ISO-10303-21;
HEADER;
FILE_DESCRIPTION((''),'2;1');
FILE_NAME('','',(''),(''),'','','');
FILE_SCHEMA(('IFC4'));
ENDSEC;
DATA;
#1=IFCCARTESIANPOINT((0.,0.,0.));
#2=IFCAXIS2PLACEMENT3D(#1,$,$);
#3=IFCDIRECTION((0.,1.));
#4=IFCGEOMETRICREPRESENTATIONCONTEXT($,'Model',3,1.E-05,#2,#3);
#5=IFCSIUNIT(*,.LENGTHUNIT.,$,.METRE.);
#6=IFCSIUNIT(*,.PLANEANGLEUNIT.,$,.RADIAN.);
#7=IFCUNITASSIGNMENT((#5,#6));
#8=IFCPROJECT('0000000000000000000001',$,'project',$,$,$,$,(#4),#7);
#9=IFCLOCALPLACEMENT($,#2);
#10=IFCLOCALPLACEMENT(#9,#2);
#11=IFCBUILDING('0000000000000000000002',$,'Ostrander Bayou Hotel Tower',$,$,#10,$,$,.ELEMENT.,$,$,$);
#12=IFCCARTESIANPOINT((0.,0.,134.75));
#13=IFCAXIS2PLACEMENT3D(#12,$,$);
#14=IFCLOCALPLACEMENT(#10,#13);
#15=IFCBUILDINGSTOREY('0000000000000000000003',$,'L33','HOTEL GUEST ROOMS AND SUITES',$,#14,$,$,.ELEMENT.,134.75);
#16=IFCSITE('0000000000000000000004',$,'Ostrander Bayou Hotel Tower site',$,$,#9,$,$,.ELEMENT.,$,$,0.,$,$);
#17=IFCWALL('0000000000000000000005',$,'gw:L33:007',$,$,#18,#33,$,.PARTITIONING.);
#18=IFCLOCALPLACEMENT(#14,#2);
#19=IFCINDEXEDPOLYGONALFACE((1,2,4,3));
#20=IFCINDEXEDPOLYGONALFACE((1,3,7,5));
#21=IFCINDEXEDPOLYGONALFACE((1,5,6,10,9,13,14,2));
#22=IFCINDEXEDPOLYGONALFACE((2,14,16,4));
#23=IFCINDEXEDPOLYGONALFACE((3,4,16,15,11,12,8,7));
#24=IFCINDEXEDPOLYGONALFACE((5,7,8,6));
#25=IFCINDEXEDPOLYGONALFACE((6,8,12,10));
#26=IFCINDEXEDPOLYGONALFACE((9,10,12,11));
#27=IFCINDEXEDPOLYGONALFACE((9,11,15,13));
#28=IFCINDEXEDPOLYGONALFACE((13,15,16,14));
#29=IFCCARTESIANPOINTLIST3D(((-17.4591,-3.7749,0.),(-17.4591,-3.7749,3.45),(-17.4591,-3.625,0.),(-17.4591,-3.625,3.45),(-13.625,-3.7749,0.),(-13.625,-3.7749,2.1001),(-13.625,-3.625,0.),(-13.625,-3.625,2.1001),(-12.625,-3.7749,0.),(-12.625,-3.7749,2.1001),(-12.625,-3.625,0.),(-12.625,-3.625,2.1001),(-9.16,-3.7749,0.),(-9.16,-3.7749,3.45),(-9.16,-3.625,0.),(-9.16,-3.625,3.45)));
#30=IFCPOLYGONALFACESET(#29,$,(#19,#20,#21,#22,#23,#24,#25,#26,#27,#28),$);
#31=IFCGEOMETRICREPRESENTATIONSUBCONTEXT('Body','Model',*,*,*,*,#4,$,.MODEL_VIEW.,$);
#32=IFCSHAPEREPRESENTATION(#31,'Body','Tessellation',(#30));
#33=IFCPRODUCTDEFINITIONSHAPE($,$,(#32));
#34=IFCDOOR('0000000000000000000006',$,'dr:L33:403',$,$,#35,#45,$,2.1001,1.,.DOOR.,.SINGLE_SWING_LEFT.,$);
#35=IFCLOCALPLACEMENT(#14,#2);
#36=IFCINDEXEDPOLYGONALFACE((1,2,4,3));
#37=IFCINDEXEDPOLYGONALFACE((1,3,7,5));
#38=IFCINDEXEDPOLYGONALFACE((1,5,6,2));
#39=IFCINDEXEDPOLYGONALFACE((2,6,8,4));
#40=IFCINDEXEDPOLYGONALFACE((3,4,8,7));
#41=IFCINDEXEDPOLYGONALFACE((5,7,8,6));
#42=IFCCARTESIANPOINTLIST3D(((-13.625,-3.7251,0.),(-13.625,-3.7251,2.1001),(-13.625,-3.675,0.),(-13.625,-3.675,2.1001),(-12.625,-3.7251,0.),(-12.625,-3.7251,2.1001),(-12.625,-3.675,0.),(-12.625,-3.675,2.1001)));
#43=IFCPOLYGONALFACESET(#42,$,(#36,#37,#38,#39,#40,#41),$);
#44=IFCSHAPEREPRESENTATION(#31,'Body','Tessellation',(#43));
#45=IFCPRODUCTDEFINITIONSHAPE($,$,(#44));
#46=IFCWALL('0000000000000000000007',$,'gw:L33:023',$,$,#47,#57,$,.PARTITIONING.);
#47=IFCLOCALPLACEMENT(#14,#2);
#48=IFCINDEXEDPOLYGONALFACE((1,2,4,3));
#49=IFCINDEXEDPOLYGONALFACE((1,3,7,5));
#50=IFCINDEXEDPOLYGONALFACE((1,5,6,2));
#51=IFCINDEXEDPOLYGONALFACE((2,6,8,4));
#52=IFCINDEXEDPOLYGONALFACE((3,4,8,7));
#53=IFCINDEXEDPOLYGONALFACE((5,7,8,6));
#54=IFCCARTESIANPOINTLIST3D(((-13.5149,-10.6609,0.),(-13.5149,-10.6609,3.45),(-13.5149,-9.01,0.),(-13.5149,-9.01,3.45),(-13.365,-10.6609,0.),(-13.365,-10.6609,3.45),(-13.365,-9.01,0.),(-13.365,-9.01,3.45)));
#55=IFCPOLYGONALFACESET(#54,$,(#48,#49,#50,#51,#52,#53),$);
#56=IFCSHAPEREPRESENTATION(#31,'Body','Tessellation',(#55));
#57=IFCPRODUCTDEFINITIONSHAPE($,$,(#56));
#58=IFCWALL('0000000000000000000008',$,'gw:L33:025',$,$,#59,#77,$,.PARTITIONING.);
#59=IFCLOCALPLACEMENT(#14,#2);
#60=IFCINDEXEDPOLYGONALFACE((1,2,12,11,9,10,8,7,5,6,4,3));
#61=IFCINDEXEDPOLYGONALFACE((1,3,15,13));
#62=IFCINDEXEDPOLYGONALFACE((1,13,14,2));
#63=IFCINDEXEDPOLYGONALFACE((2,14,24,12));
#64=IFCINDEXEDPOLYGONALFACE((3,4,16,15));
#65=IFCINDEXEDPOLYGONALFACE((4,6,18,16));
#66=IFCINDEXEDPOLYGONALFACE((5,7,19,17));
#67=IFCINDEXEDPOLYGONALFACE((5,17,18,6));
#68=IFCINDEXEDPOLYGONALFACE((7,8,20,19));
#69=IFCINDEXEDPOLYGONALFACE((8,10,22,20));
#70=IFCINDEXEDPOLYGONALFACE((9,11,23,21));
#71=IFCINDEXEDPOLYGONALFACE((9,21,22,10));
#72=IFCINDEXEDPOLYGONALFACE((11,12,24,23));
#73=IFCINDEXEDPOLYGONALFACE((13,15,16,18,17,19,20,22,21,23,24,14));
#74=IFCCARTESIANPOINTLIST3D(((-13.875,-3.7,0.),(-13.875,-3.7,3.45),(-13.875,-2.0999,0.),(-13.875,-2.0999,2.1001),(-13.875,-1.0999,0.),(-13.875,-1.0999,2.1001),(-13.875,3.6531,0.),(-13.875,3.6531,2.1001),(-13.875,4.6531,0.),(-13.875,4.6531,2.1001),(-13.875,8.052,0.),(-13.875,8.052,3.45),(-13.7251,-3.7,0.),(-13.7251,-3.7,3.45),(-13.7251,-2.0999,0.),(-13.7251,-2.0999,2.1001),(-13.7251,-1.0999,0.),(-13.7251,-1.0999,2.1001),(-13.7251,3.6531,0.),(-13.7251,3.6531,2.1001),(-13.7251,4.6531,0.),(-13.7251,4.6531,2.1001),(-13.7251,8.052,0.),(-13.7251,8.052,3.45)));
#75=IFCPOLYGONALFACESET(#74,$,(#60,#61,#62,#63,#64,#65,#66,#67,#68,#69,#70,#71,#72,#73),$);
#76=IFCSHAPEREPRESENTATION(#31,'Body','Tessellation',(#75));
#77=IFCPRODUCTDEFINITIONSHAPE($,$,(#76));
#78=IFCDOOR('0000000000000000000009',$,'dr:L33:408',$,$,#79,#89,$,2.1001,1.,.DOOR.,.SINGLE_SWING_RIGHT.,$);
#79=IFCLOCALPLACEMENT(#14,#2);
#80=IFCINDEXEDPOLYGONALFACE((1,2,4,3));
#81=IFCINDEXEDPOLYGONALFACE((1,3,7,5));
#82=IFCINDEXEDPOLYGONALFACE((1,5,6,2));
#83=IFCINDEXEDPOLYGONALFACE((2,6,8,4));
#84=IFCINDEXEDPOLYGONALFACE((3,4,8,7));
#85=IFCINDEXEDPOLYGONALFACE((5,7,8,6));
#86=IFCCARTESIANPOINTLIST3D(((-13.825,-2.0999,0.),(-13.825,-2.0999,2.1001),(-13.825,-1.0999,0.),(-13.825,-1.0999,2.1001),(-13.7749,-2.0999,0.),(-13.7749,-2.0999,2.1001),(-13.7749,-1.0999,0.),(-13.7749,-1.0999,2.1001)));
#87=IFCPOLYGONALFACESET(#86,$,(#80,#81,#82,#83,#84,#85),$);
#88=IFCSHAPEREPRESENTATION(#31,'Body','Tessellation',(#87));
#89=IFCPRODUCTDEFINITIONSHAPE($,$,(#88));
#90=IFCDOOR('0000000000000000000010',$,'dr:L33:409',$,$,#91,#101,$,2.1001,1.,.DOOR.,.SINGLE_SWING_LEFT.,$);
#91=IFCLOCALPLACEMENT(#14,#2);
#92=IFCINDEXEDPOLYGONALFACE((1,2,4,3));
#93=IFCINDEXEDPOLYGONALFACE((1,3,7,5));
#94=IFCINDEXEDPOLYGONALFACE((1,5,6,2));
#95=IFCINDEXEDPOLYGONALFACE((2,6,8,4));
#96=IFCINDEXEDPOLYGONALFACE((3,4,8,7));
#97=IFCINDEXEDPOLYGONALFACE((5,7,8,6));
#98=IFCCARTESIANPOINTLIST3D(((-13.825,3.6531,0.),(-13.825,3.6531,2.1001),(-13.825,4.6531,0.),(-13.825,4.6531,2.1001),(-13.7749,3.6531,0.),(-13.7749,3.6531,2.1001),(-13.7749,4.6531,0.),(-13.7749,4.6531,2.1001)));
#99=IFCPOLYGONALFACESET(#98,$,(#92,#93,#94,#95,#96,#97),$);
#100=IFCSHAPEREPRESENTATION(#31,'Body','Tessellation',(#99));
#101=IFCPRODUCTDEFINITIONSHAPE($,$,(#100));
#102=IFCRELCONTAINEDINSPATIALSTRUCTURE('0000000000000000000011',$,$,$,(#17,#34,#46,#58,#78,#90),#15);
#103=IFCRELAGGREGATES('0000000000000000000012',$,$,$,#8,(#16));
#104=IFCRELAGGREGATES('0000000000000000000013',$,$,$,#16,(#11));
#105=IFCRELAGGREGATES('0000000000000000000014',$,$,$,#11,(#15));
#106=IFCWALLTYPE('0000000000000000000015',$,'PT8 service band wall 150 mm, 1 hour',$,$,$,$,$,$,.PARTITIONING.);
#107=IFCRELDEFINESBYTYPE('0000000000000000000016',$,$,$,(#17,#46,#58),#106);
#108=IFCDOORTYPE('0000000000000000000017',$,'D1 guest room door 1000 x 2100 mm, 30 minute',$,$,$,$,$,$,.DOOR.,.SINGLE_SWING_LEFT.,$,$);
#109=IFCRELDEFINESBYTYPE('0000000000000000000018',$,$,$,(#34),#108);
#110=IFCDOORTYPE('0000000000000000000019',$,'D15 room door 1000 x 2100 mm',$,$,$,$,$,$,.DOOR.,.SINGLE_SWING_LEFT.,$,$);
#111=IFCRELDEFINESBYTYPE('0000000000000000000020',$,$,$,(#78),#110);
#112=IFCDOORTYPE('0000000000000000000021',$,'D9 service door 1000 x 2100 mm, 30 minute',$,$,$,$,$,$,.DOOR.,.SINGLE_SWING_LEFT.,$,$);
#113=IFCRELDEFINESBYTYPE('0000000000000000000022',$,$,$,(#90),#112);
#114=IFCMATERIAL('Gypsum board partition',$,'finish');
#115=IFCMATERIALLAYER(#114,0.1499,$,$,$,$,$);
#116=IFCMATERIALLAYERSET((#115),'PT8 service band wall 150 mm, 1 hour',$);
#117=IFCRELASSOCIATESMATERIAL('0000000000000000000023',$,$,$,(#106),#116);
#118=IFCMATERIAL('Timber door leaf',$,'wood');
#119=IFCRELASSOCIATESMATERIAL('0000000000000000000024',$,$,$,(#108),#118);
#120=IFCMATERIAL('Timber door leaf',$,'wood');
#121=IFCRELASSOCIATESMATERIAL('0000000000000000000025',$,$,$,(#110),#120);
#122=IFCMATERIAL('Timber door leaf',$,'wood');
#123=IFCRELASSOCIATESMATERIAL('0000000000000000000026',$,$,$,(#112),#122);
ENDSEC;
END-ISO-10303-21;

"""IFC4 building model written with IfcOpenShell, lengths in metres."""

from ifc_helpers import new_model, si_unit, direction, frame, frame_2d, origin, place, context, subcontext, project, spatial, rectangle, extrude, material, layer, layer_set, type_object, element, fill, save


model = new_model("IFC4")

# Units and contexts
model_context = context("Model", 3, precision=1e-05, world=origin(), true_north=direction((0.0, 1.0)))
body_context = subcontext(model_context, "Body", "Model", "MODEL_VIEW")
ifc_project = project(units=[si_unit("LENGTHUNIT", "METRE"), si_unit("PLANEANGLEUNIT", "RADIAN")], contexts=[model_context])

# Site, building, storey
site_placement = place(None, origin())
site = spatial("IfcSite", under=ifc_project, at=site_placement, Name="Ostrander Bayou Hotel Tower site", CompositionType="ELEMENT", RefElevation=0.0)
building_placement = place(site_placement, origin())
building = spatial("IfcBuilding", under=site, at=building_placement, Name="Ostrander Bayou Hotel Tower", CompositionType="ELEMENT")
storey_placement = place(building_placement, frame((0.0, 0.0, 134.75)))
storey = spatial("IfcBuildingStorey", under=building, at=storey_placement, Name="L33", Description="HOTEL GUEST ROOMS AND SUITES", CompositionType="ELEMENT", Elevation=134.75)

# Shared definitions
ifc_material_1 = material(Name="Gypsum board partition", Category="finish")
ifc_layer_1 = layer(ifc_material_1, 0.1499)
ifc_layer_set_1 = layer_set([ifc_layer_1], Name="PT8 service band wall 150 mm, 1 hour")
wall_type_1 = type_object("IfcWallType", Name="PT8 service band wall 150 mm, 1 hour", PredefinedType="PARTITIONING", material=ifc_layer_set_1)

# Wall, opening, door
wall_1_placement = place(storey_placement, frame((-17.459, -3.7, 0.0), z_axis=(0.0, 0.0, 1.0), x_axis=(1.0, 0.0, 0.0)))
wall_1 = element("IfcWall", 1, at=wall_1_placement, inside=storey, type_object=wall_type_1, Name="gw:L33:007", PredefinedType="PARTITIONING", context=body_context, shape_type="SweptSolid", body=[
    extrude(rectangle(XDim=8.2991, YDim=0.1499, at=frame_2d((4.1494, 0.0))), origin(), (0.0, 0.0, 1.0), 3.45),
])
opening_1_placement = place(wall_1_placement, frame((3.834, 0.0, 0.0)))
opening_1 = element("IfcOpeningElement", 2, at=opening_1_placement, cuts=wall_1, PredefinedType="OPENING", context=body_context, shape_type="SweptSolid", body=[
    extrude(rectangle(XDim=1.0, YDim=2.1001, at=frame_2d((0.5, 1.05))), frame((0.0, 0.075, 0.0), z_axis=(0.0, -1.0, 0.0), x_axis=(1.0, 0.0, 0.0)), (0.0, 0.0, 1.0), 0.1499),
])
ifc_material_2 = material(Name="Timber door leaf", Category="wood")
door_type_1 = type_object("IfcDoorType", Name="D1 guest room door 1000 x 2100 mm, 30 minute", OperationType="SINGLE_SWING_LEFT", PredefinedType="DOOR", material=ifc_material_2)
door_1_placement = place(opening_1_placement, origin())
door_1 = element("IfcDoor", 3, at=door_1_placement, inside=storey, type_object=door_type_1, Name="dr:L33:403", OperationType="SINGLE_SWING_LEFT", OverallHeight=2.1001, OverallWidth=1.0, PredefinedType="DOOR", context=body_context, shape_type="SweptSolid", body=[
    extrude(rectangle(XDim=1.0, YDim=2.1001, at=frame_2d((0.5, 1.05))), frame((0.0, 0.0249, 0.0), z_axis=(0.0, -1.0, 0.0), x_axis=(1.0, 0.0, 0.0)), (0.0, 0.0, 1.0), 0.05),
])
fill(opening_1, door_1)

# Wall
wall_2_placement = place(storey_placement, frame((-13.4399, -10.6609, 0.0), z_axis=(0.0, 0.0, 1.0), x_axis=(0.0, 1.0, 0.0)))
element("IfcWall", 4, at=wall_2_placement, inside=storey, type_object=wall_type_1, Name="gw:L33:023", PredefinedType="PARTITIONING", context=body_context, shape_type="SweptSolid", body=[
    extrude(rectangle(XDim=1.6509, YDim=0.1499, at=frame_2d((0.8254, 0.0))), origin(), (0.0, 0.0, 1.0), 3.45),
])

# Wall, openings, doors
wall_3_placement = place(storey_placement, frame((-13.8, -3.7, 0.0), z_axis=(0.0, 0.0, 1.0), x_axis=(0.0, 1.0, 0.0)))
wall_3 = element("IfcWall", 5, at=wall_3_placement, inside=storey, type_object=wall_type_1, Name="gw:L33:025", PredefinedType="PARTITIONING", context=body_context, shape_type="SweptSolid", body=[
    extrude(rectangle(XDim=11.752, YDim=0.1499, at=frame_2d((5.876, 0.0))), origin(), (0.0, 0.0, 1.0), 3.45),
])
opening_2_placement = place(wall_3_placement, frame((1.6001, 0.0, 0.0)))
opening_2 = element("IfcOpeningElement", 6, at=opening_2_placement, cuts=wall_3, PredefinedType="OPENING", context=body_context, shape_type="SweptSolid", body=[
    extrude(rectangle(XDim=1.0, YDim=2.1001, at=frame_2d((0.5, 1.05))), frame((0.0, 0.075, 0.0), z_axis=(0.0, -1.0, 0.0), x_axis=(1.0, 0.0, 0.0)), (0.0, 0.0, 1.0), 0.1499),
])
opening_3_placement = place(wall_3_placement, frame((7.353, 0.0, 0.0)))
opening_3 = element("IfcOpeningElement", 7, at=opening_3_placement, cuts=wall_3, PredefinedType="OPENING", context=body_context, shape_type="SweptSolid", body=[
    extrude(rectangle(XDim=1.0, YDim=2.1001, at=frame_2d((0.5, 1.05))), frame((0.0, 0.075, 0.0), z_axis=(0.0, -1.0, 0.0), x_axis=(1.0, 0.0, 0.0)), (0.0, 0.0, 1.0), 0.1499),
])
ifc_material_3 = material(Name="Timber door leaf", Category="wood")
door_type_2 = type_object("IfcDoorType", Name="D15 room door 1000 x 2100 mm", OperationType="SINGLE_SWING_LEFT", PredefinedType="DOOR", material=ifc_material_3)
door_2_placement = place(opening_2_placement, origin())
door_2 = element("IfcDoor", 8, at=door_2_placement, inside=storey, type_object=door_type_2, Name="dr:L33:408", OperationType="SINGLE_SWING_RIGHT", OverallHeight=2.1001, OverallWidth=1.0, PredefinedType="DOOR", context=body_context, shape_type="SweptSolid", body=[
    extrude(rectangle(XDim=1.0, YDim=2.1001, at=frame_2d((0.5, 1.05))), frame((0.0, 0.0249, 0.0), z_axis=(0.0, -1.0, 0.0), x_axis=(1.0, 0.0, 0.0)), (0.0, 0.0, 1.0), 0.05),
])
fill(opening_2, door_2)
ifc_material_4 = material(Name="Timber door leaf", Category="wood")
door_type_3 = type_object("IfcDoorType", Name="D9 service door 1000 x 2100 mm, 30 minute", OperationType="SINGLE_SWING_LEFT", PredefinedType="DOOR", material=ifc_material_4)
door_3_placement = place(opening_3_placement, origin())
door_3 = element("IfcDoor", 9, at=door_3_placement, inside=storey, type_object=door_type_3, Name="dr:L33:409", OperationType="SINGLE_SWING_LEFT", OverallHeight=2.1001, OverallWidth=1.0, PredefinedType="DOOR", context=body_context, shape_type="SweptSolid", body=[
    extrude(rectangle(XDim=1.0, YDim=2.1001, at=frame_2d((0.5, 1.05))), frame((0.0, 0.0249, 0.0), z_axis=(0.0, -1.0, 0.0), x_axis=(1.0, 0.0, 0.0)), (0.0, 0.0, 1.0), 0.05),
])
fill(opening_3, door_3)

save(model, "model.ifc")
